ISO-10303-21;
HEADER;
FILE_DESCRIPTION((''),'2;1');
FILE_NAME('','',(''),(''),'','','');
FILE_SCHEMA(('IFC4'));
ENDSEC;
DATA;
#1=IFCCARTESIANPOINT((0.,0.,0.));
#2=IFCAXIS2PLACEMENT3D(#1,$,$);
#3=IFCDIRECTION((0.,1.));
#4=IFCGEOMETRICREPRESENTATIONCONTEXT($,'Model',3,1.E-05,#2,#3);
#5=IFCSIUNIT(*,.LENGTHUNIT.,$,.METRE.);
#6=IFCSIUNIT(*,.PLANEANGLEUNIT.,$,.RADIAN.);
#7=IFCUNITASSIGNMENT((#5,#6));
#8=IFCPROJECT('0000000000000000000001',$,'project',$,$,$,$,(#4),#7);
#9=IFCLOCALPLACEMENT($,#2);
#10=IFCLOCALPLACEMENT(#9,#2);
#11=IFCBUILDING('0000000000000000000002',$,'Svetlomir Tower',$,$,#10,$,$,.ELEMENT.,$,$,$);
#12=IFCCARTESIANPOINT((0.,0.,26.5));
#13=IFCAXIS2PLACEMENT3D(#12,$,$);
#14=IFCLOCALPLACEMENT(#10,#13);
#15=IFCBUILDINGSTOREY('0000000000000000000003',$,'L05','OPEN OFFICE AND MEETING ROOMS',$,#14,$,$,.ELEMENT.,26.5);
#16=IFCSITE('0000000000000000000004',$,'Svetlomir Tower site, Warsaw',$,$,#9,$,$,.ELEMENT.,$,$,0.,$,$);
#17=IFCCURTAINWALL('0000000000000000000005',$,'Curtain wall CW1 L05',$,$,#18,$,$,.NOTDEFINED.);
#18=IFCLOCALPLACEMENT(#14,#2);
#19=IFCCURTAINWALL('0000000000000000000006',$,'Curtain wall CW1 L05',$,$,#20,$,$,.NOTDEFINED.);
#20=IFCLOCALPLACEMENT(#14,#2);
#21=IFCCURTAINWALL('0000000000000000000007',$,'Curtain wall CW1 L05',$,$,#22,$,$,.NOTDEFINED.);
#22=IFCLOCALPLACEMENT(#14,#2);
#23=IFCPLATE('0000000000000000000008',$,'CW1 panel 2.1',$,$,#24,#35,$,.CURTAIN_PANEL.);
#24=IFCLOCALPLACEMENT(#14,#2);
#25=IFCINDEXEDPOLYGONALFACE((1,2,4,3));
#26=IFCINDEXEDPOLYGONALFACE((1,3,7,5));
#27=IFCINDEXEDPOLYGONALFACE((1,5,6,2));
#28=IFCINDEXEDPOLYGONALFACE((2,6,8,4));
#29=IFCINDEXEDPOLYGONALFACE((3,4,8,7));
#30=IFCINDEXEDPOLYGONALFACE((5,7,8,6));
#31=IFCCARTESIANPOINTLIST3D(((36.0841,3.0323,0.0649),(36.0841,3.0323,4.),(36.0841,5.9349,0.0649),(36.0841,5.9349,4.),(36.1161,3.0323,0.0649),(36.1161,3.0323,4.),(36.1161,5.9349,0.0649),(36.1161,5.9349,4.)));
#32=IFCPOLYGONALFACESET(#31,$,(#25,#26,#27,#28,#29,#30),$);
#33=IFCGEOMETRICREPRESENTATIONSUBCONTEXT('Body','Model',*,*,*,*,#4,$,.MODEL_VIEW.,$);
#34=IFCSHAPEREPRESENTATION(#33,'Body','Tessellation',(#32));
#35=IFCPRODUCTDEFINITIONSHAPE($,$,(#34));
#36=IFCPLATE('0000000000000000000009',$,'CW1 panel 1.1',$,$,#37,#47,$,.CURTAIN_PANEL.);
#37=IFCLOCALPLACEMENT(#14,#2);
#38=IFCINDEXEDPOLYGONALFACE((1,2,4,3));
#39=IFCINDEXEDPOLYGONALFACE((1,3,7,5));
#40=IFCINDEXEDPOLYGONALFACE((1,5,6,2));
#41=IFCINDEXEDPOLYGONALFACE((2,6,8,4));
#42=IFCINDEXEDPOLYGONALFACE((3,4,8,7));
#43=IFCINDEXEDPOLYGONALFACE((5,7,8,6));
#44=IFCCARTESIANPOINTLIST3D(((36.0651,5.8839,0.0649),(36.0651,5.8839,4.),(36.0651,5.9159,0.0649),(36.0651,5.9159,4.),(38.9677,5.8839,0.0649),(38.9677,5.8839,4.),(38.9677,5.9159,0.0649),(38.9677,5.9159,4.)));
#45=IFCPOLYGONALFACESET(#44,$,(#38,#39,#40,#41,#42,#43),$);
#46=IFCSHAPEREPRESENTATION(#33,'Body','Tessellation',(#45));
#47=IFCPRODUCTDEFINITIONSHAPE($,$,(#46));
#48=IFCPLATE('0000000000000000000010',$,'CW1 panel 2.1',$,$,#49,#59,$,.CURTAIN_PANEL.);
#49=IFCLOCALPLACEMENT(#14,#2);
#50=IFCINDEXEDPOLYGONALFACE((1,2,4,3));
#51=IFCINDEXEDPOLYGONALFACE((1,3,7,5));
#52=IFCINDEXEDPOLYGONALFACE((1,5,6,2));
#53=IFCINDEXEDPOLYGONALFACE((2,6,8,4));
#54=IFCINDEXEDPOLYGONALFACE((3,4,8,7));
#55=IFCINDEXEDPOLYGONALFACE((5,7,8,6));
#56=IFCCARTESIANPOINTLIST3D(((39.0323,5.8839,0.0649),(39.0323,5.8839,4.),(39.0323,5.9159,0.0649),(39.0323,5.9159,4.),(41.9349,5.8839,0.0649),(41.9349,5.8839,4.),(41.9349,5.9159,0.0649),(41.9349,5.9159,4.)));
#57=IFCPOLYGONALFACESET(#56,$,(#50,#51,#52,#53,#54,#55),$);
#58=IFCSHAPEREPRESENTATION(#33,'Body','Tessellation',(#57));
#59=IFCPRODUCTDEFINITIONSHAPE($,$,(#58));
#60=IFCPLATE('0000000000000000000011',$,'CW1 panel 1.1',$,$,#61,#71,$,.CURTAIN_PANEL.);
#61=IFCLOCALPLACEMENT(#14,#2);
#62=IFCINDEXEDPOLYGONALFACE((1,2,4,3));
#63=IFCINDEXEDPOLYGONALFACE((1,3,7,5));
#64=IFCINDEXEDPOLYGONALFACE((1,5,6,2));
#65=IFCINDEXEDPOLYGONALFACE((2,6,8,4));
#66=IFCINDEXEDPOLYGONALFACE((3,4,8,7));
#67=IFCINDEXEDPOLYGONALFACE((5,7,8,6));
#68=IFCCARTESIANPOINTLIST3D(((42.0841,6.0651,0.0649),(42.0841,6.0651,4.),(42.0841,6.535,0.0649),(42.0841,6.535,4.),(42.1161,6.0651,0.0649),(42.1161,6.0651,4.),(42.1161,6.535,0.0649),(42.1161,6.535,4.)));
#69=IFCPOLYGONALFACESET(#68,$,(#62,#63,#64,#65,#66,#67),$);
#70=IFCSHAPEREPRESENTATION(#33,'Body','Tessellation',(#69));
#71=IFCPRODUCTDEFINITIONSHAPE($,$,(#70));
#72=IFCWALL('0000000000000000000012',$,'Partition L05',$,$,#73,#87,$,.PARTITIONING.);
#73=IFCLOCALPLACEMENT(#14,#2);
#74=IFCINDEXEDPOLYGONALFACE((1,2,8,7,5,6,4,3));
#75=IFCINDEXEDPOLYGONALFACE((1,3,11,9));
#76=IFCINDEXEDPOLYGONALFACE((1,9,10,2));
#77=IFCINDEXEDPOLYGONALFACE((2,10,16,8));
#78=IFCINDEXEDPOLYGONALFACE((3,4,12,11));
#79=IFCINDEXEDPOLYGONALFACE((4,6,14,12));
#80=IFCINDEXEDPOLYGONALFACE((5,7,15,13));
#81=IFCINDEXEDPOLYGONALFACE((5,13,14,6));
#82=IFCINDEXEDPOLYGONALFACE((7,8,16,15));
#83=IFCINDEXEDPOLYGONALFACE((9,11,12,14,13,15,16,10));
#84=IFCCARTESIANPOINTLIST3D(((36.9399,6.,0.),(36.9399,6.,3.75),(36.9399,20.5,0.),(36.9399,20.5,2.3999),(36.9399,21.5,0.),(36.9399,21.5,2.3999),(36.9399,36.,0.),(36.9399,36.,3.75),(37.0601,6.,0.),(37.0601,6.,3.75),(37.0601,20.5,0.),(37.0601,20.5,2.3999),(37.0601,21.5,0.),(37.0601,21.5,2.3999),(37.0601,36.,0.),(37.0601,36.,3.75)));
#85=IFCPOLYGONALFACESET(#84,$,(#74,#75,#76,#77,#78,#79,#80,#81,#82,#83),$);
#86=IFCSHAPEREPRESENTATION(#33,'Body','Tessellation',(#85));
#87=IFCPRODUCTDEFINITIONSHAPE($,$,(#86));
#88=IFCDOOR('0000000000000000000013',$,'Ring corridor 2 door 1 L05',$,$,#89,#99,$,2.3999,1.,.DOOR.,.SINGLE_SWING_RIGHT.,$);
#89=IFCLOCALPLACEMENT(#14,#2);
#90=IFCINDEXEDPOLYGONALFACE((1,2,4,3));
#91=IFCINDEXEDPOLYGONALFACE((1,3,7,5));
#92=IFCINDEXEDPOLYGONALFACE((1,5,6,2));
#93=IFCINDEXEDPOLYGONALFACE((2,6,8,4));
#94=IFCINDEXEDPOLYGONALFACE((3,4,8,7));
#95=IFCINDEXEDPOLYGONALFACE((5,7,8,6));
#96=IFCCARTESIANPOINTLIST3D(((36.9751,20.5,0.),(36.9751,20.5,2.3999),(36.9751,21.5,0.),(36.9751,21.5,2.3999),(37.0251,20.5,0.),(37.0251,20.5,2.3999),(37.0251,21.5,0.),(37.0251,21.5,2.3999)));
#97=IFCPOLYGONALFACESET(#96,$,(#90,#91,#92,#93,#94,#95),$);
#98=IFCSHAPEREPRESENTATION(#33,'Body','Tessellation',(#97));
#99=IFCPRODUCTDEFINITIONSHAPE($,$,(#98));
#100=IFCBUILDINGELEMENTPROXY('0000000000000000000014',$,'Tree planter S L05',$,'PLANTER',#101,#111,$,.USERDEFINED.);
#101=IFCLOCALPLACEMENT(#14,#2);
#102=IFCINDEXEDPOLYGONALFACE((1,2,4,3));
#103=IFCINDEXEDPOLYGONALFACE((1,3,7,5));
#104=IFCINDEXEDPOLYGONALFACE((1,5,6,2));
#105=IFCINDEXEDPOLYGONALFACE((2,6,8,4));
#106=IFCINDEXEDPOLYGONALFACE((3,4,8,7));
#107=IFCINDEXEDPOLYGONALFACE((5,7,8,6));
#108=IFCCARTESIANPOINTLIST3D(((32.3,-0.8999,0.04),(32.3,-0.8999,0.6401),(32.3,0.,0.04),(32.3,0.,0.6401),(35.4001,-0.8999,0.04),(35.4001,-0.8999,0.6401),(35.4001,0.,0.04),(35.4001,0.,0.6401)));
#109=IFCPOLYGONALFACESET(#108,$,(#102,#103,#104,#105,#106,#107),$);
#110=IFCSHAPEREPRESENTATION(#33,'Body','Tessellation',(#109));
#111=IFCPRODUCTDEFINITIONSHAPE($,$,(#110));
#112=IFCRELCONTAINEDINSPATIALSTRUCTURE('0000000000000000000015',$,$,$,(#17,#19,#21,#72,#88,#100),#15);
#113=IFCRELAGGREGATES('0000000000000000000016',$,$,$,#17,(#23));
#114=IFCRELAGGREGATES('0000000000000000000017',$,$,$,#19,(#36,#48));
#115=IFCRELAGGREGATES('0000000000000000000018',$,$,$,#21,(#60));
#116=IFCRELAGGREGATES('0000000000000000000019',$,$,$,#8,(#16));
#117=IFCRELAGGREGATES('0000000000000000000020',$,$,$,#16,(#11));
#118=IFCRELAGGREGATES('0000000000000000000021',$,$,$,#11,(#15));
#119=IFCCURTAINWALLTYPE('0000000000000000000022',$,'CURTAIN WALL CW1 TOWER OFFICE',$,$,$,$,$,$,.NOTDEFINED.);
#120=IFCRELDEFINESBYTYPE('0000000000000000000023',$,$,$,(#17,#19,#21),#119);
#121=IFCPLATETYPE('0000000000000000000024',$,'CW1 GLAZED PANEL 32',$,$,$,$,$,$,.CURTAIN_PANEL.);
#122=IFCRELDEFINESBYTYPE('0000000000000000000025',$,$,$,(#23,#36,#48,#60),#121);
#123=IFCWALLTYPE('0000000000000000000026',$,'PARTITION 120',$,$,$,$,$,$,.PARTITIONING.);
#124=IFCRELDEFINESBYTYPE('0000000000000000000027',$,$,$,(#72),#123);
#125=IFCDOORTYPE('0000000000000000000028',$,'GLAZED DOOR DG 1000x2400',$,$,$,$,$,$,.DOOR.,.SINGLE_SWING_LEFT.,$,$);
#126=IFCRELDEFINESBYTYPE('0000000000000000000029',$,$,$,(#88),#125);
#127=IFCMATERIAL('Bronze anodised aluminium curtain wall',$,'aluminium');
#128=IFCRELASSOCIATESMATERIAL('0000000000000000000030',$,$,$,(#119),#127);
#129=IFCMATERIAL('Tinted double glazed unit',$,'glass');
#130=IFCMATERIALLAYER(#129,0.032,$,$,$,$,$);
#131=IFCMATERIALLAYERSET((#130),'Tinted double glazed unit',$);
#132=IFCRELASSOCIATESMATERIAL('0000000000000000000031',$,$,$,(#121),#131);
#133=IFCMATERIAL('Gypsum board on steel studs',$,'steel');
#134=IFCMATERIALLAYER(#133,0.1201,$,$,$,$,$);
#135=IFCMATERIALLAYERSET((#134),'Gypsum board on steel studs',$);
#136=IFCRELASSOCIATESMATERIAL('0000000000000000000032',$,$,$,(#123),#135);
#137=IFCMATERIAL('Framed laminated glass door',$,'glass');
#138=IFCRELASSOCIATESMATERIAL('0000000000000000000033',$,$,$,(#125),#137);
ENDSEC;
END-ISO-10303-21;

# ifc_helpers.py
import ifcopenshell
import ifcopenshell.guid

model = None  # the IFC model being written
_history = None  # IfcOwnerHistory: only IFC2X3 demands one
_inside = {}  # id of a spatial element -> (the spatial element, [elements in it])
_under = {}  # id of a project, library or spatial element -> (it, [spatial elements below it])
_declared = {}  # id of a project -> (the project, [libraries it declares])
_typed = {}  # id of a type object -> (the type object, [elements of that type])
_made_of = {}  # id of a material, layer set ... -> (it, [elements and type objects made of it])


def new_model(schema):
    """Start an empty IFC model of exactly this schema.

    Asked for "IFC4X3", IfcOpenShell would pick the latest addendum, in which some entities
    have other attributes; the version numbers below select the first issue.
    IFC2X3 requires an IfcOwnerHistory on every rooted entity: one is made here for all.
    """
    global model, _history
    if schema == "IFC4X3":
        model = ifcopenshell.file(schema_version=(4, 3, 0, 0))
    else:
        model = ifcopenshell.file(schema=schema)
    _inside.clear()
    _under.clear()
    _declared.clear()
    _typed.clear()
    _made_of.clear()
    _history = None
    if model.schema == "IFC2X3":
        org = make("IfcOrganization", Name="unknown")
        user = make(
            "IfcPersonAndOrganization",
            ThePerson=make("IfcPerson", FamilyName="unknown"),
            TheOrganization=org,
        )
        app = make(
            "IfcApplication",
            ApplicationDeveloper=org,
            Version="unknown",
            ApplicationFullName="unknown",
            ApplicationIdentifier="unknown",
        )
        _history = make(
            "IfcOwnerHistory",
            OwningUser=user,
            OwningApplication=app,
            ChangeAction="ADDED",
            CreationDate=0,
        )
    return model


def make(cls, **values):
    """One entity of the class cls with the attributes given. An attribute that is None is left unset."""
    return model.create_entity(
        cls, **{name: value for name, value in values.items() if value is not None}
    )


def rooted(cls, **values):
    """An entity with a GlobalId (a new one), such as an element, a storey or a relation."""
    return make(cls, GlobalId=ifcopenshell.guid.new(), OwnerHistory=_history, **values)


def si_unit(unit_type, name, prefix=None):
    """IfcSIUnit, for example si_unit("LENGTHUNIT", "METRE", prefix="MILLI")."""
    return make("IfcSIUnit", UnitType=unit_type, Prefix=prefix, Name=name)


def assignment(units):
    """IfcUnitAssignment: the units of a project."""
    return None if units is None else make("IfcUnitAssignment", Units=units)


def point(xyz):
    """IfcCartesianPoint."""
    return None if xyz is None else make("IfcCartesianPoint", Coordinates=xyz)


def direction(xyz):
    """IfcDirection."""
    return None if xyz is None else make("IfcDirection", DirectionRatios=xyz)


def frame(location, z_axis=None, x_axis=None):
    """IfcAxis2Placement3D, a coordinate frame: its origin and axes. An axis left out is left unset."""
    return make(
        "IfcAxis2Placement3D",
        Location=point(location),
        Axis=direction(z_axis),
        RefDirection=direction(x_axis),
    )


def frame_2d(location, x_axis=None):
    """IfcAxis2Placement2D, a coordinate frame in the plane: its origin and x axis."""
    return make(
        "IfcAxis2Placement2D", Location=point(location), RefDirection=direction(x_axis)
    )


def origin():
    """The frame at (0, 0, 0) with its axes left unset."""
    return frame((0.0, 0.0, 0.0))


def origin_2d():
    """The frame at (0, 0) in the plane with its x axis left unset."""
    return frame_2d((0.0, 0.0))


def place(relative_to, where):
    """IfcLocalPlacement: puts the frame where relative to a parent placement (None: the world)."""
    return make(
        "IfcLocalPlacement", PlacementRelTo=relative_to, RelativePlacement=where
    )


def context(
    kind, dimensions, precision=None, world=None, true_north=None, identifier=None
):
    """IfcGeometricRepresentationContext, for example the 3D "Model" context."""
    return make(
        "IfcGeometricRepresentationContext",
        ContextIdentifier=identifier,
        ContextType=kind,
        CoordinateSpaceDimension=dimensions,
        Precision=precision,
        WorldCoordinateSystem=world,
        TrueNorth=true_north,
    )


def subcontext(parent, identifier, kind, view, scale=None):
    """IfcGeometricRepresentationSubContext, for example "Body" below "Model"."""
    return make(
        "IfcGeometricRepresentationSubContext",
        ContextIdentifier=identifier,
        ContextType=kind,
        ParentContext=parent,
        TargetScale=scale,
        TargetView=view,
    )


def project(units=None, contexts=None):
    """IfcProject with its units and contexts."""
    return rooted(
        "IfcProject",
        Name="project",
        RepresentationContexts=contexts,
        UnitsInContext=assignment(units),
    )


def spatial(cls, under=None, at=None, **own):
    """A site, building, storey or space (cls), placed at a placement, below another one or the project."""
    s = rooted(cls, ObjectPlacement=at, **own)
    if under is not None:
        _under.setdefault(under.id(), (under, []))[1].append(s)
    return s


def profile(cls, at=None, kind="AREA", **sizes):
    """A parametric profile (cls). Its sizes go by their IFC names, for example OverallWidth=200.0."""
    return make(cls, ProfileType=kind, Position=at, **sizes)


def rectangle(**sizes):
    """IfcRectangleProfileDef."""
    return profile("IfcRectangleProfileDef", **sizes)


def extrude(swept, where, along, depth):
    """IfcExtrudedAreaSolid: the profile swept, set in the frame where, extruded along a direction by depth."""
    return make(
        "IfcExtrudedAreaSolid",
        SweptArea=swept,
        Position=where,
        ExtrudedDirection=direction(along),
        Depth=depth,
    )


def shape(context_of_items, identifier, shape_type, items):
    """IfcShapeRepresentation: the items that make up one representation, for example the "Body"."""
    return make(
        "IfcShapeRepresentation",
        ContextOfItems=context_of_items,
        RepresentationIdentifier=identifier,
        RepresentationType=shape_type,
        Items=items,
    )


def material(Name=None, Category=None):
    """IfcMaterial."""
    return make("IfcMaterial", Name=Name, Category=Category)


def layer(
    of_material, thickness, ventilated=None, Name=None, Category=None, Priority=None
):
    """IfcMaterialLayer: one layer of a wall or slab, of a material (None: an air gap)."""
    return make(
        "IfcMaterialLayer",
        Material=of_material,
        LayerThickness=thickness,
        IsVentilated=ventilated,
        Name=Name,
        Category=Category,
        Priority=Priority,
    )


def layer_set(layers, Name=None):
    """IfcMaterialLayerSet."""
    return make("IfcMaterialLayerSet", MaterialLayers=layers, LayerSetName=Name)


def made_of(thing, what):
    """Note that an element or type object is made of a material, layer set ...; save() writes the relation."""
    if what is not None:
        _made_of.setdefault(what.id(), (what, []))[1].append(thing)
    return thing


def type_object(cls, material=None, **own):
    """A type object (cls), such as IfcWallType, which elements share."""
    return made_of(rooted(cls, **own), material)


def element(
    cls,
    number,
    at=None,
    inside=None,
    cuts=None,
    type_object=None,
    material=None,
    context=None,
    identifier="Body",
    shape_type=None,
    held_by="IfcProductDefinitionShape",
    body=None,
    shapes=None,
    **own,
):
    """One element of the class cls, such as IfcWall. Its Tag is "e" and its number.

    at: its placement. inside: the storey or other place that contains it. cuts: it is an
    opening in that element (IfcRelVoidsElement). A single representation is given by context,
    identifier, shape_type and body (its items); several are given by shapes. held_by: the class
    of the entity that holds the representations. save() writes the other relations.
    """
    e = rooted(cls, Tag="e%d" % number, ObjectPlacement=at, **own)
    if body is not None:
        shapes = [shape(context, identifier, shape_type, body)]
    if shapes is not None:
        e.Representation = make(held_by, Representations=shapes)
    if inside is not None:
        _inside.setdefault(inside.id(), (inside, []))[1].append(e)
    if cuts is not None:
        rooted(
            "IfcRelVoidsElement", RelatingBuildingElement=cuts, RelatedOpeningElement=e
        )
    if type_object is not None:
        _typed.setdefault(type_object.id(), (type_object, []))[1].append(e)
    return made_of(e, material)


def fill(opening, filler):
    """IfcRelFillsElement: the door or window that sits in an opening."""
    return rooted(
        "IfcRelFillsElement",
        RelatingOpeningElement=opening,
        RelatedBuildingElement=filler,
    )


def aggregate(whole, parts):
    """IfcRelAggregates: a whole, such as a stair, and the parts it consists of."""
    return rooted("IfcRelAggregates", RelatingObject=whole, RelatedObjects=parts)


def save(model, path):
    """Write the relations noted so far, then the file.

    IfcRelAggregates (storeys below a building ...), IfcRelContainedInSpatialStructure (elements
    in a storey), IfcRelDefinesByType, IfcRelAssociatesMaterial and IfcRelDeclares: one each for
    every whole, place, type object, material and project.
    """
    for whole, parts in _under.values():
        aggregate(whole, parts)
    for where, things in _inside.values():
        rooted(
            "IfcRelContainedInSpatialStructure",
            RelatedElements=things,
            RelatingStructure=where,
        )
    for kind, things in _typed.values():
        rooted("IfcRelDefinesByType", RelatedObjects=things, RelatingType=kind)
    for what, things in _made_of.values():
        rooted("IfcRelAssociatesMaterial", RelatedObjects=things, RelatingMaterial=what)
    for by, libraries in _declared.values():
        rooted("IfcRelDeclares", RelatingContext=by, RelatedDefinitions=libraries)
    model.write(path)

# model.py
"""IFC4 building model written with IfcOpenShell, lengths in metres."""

from ifc_helpers import new_model, si_unit, direction, frame, frame_2d, origin, origin_2d, place, context, subcontext, project, spatial, rectangle, extrude, material, layer, layer_set, type_object, element, fill, aggregate, save


model = new_model("IFC4")

# Units and contexts
model_context = context("Model", 3, precision=1e-05, world=origin(), true_north=direction((0.0, 1.0)))
body_context = subcontext(model_context, "Body", "Model", "MODEL_VIEW")
ifc_project = project(units=[si_unit("LENGTHUNIT", "METRE"), si_unit("PLANEANGLEUNIT", "RADIAN")], contexts=[model_context])

# Site, building, storey
site_placement = place(None, origin())
site = spatial("IfcSite", under=ifc_project, at=site_placement, Name="Svetlomir Tower site, Warsaw", CompositionType="ELEMENT", RefElevation=0.0)
building_placement = place(site_placement, origin())
building = spatial("IfcBuilding", under=site, at=building_placement, Name="Svetlomir Tower", CompositionType="ELEMENT")
storey_placement = place(building_placement, frame((0.0, 0.0, 26.5)))
storey = spatial("IfcBuildingStorey", under=building, at=storey_placement, Name="L05", Description="OPEN OFFICE AND MEETING ROOMS", CompositionType="ELEMENT", Elevation=26.5)

# Curtain walls
ifc_material_1 = material(Name="Bronze anodised aluminium curtain wall", Category="aluminium")
curtain_wall_type = type_object("IfcCurtainWallType", Name="CURTAIN WALL CW1 TOWER OFFICE", PredefinedType="NOTDEFINED", material=ifc_material_1)
curtain_wall_1_placement = place(storey_placement, origin())
curtain_wall_1 = element("IfcCurtainWall", 1, at=curtain_wall_1_placement, inside=storey, type_object=curtain_wall_type, Name="Curtain wall CW1 L05", PredefinedType="NOTDEFINED")
curtain_wall_2_placement = place(storey_placement, origin())
curtain_wall_2 = element("IfcCurtainWall", 2, at=curtain_wall_2_placement, inside=storey, type_object=curtain_wall_type, Name="Curtain wall CW1 L05", PredefinedType="NOTDEFINED")

# Curtain wall
curtain_wall_3_placement = place(storey_placement, origin())
curtain_wall_3 = element("IfcCurtainWall", 3, at=curtain_wall_3_placement, inside=storey, type_object=curtain_wall_type, Name="Curtain wall CW1 L05", PredefinedType="NOTDEFINED")

# Plates
ifc_material_2 = material(Name="Tinted double glazed unit", Category="glass")
ifc_layer_1 = layer(ifc_material_2, 0.032)
ifc_layer_set_1 = layer_set([ifc_layer_1], Name="Tinted double glazed unit")
plate_type = type_object("IfcPlateType", Name="CW1 GLAZED PANEL 32", PredefinedType="CURTAIN_PANEL", material=ifc_layer_set_1)
plate_1_placement = place(storey_placement, frame((36.1001, 4.4836, 0.0649), z_axis=(0.0, 0.0, 1.0), x_axis=(0.0, 1.0, 0.0)))
plate_1 = element("IfcPlate", 4, at=plate_1_placement, type_object=plate_type, Name="CW1 panel 2.1", PredefinedType="CURTAIN_PANEL", context=body_context, shape_type="SweptSolid", body=[
    extrude(rectangle(XDim=2.9026, YDim=0.032, at=origin_2d()), origin(), (0.0, 0.0, 1.0), 3.9351),
])
aggregate(curtain_wall_1, [plate_1])
plate_2_placement = place(storey_placement, frame((37.5164, 5.8999, 0.0649), z_axis=(0.0, 0.0, 1.0), x_axis=(1.0, 0.0, 0.0)))
plate_2 = element("IfcPlate", 5, at=plate_2_placement, type_object=plate_type, Name="CW1 panel 1.1", PredefinedType="CURTAIN_PANEL", context=body_context, shape_type="SweptSolid", body=[
    extrude(rectangle(XDim=2.9026, YDim=0.032, at=origin_2d()), origin(), (0.0, 0.0, 1.0), 3.9351),
])
plate_3_placement = place(storey_placement, frame((40.4836, 5.8999, 0.0649), z_axis=(0.0, 0.0, 1.0), x_axis=(1.0, 0.0, 0.0)))
plate_3 = element("IfcPlate", 6, at=plate_3_placement, type_object=plate_type, Name="CW1 panel 2.1", PredefinedType="CURTAIN_PANEL", context=body_context, shape_type="SweptSolid", body=[
    extrude(rectangle(XDim=2.9026, YDim=0.032, at=origin_2d()), origin(), (0.0, 0.0, 1.0), 3.9351),
])
aggregate(curtain_wall_2, [plate_2, plate_3])
plate_4_placement = place(storey_placement, frame((42.1001, 6.3, 0.0649), z_axis=(0.0, 0.0, 1.0), x_axis=(0.0, 1.0, 0.0)))
plate_4 = element("IfcPlate", 7, at=plate_4_placement, type_object=plate_type, Name="CW1 panel 1.1", PredefinedType="CURTAIN_PANEL", context=body_context, shape_type="SweptSolid", body=[
    extrude(rectangle(XDim=0.47, YDim=0.032, at=origin_2d()), origin(), (0.0, 0.0, 1.0), 3.9351),
])
aggregate(curtain_wall_3, [plate_4])

# Wall, opening, door
ifc_material_3 = material(Name="Gypsum board on steel studs", Category="steel")
ifc_layer_2 = layer(ifc_material_3, 0.1201)
ifc_layer_set_2 = layer_set([ifc_layer_2], Name="Gypsum board on steel studs")
wall_type = type_object("IfcWallType", Name="PARTITION 120", PredefinedType="PARTITIONING", material=ifc_layer_set_2)
wall_placement = place(storey_placement, frame((37.0, 6.0, 0.0), z_axis=(0.0, 0.0, 1.0), x_axis=(0.0, 1.0, 0.0)))
wall = element("IfcWall", 8, at=wall_placement, inside=storey, type_object=wall_type, Name="Partition L05", PredefinedType="PARTITIONING", context=body_context, shape_type="SweptSolid", body=[
    extrude(rectangle(XDim=30.0, YDim=0.1201, at=frame_2d((15.0, 0.0))), origin(), (0.0, 0.0, 1.0), 3.75),
])
opening_placement = place(wall_placement, frame((14.5, 0.0, 0.0)))
opening = element("IfcOpeningElement", 9, at=opening_placement, cuts=wall, PredefinedType="OPENING", context=body_context, shape_type="SweptSolid", body=[
    extrude(rectangle(XDim=1.0, YDim=2.3999, at=frame_2d((0.5, 1.2))), frame((0.0, 0.0701, 0.0), z_axis=(0.0, -1.0, 0.0), x_axis=(1.0, 0.0, 0.0)), (0.0, 0.0, 1.0), 0.1401),
])
ifc_material_4 = material(Name="Framed laminated glass door", Category="glass")
door_type = type_object("IfcDoorType", Name="GLAZED DOOR DG 1000x2400", OperationType="SINGLE_SWING_LEFT", PredefinedType="DOOR", material=ifc_material_4)
door_placement = place(opening_placement, origin())
door = element("IfcDoor", 10, at=door_placement, inside=storey, type_object=door_type, Name="Ring corridor 2 door 1 L05", OperationType="SINGLE_SWING_RIGHT", OverallHeight=2.3999, OverallWidth=1.0, PredefinedType="DOOR", context=body_context, shape_type="SweptSolid", body=[
    extrude(rectangle(XDim=1.0, YDim=2.3999, at=frame_2d((0.5, 1.2))), frame((0.0, 0.0249, 0.0), z_axis=(0.0, -1.0, 0.0), x_axis=(1.0, 0.0, 0.0)), (0.0, 0.0, 1.0), 0.05),
])
fill(opening, door)

# Building element proxy
proxy_placement = place(storey_placement, frame((33.8501, -0.45, 0.04), z_axis=(0.0, 0.0, 1.0), x_axis=(1.0, 0.0, 0.0)))
element("IfcBuildingElementProxy", 11, at=proxy_placement, inside=storey, Name="Tree planter S L05", ObjectType="PLANTER", PredefinedType="USERDEFINED", context=body_context, shape_type="SweptSolid", body=[
    extrude(rectangle(XDim=3.1001, YDim=0.8999, at=origin_2d()), origin(), (0.0, 0.0, 1.0), 0.6001),
])

save(model, "model.ifc")
